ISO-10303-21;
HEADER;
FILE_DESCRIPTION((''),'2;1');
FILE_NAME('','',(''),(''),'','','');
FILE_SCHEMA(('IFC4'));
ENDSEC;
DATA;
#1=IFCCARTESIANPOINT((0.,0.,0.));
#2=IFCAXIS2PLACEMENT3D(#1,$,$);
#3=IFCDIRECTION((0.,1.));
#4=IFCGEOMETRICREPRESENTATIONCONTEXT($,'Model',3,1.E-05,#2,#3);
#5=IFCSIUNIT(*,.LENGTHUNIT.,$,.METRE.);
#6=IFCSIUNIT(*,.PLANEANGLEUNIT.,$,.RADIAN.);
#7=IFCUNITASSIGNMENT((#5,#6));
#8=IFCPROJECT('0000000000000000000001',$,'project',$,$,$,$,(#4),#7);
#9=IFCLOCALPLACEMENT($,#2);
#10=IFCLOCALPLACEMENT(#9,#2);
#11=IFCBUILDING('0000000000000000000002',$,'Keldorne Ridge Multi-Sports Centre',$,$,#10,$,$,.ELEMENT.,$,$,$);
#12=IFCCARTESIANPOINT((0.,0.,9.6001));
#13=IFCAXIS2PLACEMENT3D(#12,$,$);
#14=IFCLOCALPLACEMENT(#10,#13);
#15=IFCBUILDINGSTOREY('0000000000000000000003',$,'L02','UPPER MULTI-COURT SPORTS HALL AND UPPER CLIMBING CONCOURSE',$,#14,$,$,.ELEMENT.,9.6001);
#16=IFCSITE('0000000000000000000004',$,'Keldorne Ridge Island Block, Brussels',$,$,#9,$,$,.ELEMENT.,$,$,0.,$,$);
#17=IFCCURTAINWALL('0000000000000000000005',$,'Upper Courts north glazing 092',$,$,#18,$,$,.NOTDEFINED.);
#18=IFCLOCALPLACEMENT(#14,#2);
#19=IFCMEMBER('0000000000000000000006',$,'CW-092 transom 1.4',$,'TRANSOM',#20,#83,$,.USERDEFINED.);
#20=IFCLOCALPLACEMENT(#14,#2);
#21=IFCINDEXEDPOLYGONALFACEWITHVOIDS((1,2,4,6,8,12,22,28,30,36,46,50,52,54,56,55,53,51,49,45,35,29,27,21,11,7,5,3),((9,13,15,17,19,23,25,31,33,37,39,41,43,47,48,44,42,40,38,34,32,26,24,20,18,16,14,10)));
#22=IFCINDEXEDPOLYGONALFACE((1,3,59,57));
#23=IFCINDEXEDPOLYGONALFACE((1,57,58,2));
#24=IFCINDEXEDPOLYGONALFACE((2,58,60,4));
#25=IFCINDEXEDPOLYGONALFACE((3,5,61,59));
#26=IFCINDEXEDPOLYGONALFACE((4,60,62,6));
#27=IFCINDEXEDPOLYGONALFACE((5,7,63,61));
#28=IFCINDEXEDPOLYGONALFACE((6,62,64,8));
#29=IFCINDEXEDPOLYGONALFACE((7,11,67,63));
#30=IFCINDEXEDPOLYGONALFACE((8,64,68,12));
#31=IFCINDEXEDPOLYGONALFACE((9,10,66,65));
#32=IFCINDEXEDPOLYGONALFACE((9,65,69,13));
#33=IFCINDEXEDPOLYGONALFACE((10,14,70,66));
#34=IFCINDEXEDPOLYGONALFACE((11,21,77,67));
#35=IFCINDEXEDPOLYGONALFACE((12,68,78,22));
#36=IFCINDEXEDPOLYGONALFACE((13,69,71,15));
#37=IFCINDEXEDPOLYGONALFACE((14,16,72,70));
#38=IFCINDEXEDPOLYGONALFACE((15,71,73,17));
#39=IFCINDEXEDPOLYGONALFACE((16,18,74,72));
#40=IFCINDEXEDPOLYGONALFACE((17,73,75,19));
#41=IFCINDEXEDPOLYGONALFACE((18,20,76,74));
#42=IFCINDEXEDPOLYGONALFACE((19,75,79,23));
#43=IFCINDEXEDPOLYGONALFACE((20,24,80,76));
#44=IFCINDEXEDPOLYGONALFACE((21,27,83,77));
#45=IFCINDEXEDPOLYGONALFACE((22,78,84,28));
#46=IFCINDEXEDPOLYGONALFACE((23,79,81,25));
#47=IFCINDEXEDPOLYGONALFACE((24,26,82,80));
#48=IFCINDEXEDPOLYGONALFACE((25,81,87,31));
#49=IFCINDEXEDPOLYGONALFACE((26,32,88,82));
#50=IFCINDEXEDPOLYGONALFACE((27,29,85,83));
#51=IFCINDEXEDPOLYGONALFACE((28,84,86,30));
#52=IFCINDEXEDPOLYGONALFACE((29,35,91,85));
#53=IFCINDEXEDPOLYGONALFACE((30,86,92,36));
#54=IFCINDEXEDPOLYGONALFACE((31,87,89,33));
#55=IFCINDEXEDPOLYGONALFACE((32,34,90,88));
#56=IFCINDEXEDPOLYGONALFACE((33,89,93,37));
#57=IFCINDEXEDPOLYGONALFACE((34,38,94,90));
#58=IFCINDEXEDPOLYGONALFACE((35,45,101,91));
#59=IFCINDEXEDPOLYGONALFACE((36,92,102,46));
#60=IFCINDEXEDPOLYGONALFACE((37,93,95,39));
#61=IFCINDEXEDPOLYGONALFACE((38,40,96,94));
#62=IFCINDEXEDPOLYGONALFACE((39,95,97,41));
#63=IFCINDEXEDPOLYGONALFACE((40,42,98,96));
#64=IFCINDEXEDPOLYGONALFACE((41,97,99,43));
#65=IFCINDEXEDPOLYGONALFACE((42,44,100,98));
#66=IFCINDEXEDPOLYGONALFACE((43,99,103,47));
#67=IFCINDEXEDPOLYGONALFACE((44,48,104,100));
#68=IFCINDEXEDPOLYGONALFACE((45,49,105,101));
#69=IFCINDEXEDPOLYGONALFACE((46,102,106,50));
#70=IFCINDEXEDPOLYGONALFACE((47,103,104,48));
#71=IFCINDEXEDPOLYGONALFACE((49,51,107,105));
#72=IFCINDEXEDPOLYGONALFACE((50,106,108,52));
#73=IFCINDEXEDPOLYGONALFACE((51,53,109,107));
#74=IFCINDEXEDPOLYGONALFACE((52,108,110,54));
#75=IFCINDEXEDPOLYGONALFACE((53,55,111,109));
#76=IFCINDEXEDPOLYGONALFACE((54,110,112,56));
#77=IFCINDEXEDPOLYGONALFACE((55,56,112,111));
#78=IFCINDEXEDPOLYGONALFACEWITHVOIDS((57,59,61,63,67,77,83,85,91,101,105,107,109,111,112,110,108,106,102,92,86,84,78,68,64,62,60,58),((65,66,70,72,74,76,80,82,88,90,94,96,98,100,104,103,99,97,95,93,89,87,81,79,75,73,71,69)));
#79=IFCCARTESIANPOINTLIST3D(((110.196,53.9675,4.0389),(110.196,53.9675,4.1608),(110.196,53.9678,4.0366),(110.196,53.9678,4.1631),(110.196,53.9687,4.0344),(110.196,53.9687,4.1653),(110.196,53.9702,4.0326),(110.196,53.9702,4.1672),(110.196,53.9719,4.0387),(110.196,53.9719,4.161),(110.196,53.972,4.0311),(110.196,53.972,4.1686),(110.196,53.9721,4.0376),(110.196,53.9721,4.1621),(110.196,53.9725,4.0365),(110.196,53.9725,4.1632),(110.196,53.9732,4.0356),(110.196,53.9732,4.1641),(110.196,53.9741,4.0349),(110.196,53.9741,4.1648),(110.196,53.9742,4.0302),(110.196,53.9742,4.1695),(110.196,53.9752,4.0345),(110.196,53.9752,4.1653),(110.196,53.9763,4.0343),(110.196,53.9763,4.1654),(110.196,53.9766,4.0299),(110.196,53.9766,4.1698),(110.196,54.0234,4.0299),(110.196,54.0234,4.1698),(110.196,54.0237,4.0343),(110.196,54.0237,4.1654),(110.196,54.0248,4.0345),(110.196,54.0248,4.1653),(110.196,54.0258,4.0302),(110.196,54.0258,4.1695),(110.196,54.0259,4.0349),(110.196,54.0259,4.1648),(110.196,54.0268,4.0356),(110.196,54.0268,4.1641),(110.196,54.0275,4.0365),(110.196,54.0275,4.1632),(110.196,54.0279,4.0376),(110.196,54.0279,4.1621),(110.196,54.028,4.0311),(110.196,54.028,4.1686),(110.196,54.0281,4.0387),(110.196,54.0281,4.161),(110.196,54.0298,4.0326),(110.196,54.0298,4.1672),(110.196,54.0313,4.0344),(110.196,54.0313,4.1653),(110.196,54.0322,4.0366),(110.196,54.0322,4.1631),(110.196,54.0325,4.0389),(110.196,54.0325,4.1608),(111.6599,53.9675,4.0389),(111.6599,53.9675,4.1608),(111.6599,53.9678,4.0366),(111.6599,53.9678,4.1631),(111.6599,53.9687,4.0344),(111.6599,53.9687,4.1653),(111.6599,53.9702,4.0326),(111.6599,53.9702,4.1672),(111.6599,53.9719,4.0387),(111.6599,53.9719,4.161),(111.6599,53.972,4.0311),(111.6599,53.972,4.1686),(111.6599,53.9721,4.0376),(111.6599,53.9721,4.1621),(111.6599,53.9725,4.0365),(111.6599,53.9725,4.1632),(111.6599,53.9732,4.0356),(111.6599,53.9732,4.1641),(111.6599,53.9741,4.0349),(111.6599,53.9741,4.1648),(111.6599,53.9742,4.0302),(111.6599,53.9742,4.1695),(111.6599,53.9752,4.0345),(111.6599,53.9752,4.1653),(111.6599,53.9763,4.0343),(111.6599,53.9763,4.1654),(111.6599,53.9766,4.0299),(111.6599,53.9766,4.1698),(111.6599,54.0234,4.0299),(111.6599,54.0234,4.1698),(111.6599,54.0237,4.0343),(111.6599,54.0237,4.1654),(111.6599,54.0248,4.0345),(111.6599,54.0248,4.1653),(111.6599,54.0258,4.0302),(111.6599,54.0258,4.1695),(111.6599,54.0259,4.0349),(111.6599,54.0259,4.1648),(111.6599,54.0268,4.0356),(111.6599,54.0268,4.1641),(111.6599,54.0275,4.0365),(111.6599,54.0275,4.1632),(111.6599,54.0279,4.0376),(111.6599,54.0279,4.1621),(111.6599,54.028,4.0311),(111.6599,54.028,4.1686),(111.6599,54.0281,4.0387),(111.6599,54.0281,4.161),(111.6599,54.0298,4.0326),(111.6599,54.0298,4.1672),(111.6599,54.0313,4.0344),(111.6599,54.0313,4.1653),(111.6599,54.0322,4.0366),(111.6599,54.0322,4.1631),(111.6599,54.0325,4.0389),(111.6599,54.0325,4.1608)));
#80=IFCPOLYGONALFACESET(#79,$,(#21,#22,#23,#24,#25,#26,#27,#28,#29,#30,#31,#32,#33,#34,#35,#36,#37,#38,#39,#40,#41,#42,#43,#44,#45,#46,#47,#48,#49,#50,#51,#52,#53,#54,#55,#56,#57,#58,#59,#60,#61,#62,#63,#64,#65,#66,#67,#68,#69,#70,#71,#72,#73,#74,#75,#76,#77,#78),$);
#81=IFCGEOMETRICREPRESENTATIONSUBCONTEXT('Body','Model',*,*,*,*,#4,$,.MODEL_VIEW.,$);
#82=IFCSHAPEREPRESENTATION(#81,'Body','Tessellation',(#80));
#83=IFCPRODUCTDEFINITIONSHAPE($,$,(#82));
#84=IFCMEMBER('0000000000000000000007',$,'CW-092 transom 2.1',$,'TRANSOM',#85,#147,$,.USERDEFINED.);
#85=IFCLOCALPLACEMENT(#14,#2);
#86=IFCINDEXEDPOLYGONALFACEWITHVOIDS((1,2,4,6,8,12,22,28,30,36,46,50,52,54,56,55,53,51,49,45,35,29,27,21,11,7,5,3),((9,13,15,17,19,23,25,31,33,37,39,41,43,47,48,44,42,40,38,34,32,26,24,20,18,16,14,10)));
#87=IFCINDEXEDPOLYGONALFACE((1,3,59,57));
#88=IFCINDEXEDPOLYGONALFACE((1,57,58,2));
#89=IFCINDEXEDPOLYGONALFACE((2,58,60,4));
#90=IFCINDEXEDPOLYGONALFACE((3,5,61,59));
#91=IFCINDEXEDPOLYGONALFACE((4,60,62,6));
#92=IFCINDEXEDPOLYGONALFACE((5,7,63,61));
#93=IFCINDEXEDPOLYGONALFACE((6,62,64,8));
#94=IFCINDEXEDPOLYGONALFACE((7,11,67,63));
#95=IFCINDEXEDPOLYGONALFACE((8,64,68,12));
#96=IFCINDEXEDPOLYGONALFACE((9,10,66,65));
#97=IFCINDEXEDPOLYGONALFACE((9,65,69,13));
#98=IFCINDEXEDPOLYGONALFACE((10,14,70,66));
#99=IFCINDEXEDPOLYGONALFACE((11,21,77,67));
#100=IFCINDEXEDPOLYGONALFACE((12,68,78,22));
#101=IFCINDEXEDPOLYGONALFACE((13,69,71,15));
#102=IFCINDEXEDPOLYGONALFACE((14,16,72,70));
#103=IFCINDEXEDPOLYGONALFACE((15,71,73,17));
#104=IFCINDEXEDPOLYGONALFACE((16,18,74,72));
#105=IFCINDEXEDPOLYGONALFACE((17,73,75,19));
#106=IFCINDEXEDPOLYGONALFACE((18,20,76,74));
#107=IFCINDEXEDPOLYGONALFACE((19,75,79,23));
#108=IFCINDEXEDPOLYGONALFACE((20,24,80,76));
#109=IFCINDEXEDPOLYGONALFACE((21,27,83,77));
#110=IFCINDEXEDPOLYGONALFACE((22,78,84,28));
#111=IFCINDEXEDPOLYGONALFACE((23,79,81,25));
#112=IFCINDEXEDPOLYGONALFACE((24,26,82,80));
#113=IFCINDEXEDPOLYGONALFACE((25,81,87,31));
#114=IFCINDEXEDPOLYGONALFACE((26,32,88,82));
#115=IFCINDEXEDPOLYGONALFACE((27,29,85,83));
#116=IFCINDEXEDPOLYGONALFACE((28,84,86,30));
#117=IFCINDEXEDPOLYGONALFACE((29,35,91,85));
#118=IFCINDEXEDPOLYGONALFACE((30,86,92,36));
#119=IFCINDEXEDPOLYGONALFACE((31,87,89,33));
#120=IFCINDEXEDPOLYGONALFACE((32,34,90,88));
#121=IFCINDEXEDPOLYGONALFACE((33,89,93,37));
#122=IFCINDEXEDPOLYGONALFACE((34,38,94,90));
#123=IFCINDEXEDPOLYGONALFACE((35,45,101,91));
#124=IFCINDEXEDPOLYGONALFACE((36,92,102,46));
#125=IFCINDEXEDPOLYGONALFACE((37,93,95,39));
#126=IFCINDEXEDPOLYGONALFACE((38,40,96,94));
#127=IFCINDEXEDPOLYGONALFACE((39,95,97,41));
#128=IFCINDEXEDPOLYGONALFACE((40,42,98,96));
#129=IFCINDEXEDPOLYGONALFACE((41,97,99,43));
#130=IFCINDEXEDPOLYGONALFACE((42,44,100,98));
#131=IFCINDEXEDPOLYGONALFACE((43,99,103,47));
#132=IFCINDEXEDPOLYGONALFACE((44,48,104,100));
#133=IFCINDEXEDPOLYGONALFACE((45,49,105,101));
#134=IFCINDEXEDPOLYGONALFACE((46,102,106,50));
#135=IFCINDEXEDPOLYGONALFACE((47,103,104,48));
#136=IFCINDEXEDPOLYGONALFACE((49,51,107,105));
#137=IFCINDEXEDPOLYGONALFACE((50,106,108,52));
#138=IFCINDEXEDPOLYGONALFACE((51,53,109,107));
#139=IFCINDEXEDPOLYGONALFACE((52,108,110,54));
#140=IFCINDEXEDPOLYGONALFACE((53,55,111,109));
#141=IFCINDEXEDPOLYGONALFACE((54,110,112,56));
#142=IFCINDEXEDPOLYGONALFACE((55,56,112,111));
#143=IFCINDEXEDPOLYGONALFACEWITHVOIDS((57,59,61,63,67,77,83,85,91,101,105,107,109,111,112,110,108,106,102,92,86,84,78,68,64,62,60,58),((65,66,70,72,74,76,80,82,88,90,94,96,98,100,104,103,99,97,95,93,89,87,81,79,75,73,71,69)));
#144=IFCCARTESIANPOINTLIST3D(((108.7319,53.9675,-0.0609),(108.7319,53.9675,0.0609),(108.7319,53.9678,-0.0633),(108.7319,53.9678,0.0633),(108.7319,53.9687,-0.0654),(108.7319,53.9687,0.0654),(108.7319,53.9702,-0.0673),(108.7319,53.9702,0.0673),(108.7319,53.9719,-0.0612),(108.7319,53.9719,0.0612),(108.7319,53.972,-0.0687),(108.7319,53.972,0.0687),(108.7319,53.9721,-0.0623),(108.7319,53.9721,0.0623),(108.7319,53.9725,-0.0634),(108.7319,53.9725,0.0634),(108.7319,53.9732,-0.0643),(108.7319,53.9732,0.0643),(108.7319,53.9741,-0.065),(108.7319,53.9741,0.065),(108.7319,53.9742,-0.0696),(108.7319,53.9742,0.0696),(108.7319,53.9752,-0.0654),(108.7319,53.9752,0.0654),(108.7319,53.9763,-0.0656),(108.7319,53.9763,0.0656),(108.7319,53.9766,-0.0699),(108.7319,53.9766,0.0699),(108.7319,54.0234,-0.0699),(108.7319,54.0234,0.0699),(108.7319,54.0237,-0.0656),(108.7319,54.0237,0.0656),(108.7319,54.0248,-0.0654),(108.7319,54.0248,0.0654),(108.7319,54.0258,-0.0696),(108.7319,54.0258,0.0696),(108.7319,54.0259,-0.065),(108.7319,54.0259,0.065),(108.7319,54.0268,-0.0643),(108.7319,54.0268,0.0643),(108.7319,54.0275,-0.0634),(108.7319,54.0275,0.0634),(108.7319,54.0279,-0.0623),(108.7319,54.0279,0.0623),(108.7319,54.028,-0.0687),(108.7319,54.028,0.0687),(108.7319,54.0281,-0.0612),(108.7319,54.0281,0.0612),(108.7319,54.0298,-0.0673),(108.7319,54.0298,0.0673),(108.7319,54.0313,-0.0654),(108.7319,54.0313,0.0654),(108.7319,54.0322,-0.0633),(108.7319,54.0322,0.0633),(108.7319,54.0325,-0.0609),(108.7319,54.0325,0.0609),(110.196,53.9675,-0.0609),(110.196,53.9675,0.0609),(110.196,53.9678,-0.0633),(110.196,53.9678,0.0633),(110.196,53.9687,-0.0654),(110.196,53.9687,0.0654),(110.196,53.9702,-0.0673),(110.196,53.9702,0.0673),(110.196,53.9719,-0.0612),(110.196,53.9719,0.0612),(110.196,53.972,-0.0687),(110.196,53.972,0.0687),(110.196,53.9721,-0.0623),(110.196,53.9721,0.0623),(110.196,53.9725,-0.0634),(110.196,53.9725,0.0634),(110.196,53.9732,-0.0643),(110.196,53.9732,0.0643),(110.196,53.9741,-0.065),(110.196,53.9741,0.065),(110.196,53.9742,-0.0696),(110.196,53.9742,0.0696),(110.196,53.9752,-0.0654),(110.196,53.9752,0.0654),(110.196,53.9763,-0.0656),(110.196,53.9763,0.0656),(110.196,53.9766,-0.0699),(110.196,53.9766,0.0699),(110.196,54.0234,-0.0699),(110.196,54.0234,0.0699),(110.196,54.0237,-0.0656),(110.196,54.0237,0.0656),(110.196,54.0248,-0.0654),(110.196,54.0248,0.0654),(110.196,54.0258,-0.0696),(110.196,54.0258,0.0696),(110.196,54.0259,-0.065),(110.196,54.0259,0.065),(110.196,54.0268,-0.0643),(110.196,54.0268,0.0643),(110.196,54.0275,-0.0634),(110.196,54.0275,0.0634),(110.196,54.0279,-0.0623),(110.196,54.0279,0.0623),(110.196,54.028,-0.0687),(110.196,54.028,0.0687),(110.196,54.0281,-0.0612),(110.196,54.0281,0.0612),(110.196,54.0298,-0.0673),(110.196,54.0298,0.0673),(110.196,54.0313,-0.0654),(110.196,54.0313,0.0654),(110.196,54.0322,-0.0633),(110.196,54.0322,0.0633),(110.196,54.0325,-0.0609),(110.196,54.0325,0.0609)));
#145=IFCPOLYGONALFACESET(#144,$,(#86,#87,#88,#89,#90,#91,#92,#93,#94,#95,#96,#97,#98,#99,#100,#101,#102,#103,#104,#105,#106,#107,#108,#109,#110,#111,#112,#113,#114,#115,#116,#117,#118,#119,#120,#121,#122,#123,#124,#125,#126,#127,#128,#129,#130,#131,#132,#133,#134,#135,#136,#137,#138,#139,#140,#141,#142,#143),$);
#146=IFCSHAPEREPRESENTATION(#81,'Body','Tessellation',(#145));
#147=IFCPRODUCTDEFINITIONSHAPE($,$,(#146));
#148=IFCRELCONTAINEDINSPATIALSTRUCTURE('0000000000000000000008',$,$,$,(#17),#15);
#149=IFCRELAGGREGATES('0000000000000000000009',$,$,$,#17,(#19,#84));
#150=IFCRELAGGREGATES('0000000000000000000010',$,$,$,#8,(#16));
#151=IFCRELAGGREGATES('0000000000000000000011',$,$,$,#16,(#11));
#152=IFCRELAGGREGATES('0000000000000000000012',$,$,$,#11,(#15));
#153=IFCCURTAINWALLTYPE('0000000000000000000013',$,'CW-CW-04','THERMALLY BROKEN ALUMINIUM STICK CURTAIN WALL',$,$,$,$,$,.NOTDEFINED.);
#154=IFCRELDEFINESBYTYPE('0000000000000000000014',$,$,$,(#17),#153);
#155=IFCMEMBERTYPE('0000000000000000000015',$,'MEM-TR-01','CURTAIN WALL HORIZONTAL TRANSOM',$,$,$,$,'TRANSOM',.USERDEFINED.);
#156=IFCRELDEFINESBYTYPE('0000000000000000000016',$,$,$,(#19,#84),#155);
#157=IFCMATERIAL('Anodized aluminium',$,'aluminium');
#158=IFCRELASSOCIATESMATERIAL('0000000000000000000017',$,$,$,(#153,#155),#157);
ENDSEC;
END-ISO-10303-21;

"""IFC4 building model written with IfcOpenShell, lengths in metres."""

from ifc_helpers import new_model, si_unit, direction, frame, origin, origin_2d, place, context, subcontext, project, spatial, hollow_rectangle, extrude, material, material_profile, profile_set, type_object, element, aggregate, save


model = new_model("IFC4")

# Units and contexts
model_context = context("Model", 3, precision=1e-05, world=origin(), true_north=direction((0.0, 1.0)))
body_context = subcontext(model_context, "Body", "Model", "MODEL_VIEW")
ifc_project = project(units=[si_unit("LENGTHUNIT", "METRE"), si_unit("PLANEANGLEUNIT", "RADIAN")], contexts=[model_context])

# Site, building, storey
site_placement = place(None, origin())
site = spatial("IfcSite", under=ifc_project, at=site_placement, Name="Keldorne Ridge Island Block, Brussels", CompositionType="ELEMENT", RefElevation=0.0)
building_placement = place(site_placement, origin())
building = spatial("IfcBuilding", under=site, at=building_placement, Name="Keldorne Ridge Multi-Sports Centre", CompositionType="ELEMENT")
storey_placement = place(building_placement, frame((0.0, 0.0, 9.6001)))
storey = spatial("IfcBuildingStorey", under=building, at=storey_placement, Name="L02", Description="UPPER MULTI-COURT SPORTS HALL AND UPPER CLIMBING CONCOURSE", CompositionType="ELEMENT", Elevation=9.6001)

# Curtain wall
ifc_material_1 = material(Name="Anodized aluminium", Category="aluminium")
curtain_wall_type_1 = type_object("IfcCurtainWallType", Name="CW-CW-04", Description="THERMALLY BROKEN ALUMINIUM STICK CURTAIN WALL", PredefinedType="NOTDEFINED", material=ifc_material_1)
curtain_wall_1_placement = place(storey_placement, origin())
curtain_wall_1 = element("IfcCurtainWall", 1, at=curtain_wall_1_placement, inside=storey, type_object=curtain_wall_type_1, Name="Upper Courts north glazing 092", PredefinedType="NOTDEFINED")

# Members
ifc_material_profile_1 = material_profile(ifc_material_1, hollow_rectangle(XDim=0.0649, YDim=0.1399, WallThickness=0.0044, InnerFilletRadius=0.0044, OuterFilletRadius=0.009, at=origin_2d()), Name="ALU TRANSOM 140x65x4.5")
ifc_profile_set_1 = profile_set([ifc_material_profile_1], Name="Anodized aluminium")
member_type_1 = type_object("IfcMemberType", Name="MEM-TR-01", Description="CURTAIN WALL HORIZONTAL TRANSOM", ElementType="TRANSOM", PredefinedType="USERDEFINED", material=ifc_profile_set_1)
member_1_placement = place(storey_placement, frame((111.6599, 54.0, 4.0999), z_axis=(-1.0, 0.0, 0.0), x_axis=(0.0, -1.0, 0.0)))
member_1 = element("IfcMember", 2, at=member_1_placement, type_object=member_type_1, Name="CW-092 transom 1.4", ObjectType="TRANSOM", PredefinedType="USERDEFINED", context=body_context, shape_type="SweptSolid", body=[
    extrude(hollow_rectangle(XDim=0.0649, YDim=0.1399, WallThickness=0.0044, InnerFilletRadius=0.0044, OuterFilletRadius=0.009, at=origin_2d()), origin(), (0.0, 0.0, 1.0), 1.4639),
])
member_2_placement = place(storey_placement, frame((110.196, 54.0, 0.0), z_axis=(-1.0, 0.0, 0.0), x_axis=(0.0, -1.0, 0.0)))
member_2 = element("IfcMember", 3, at=member_2_placement, type_object=member_type_1, Name="CW-092 transom 2.1", ObjectType="TRANSOM", PredefinedType="USERDEFINED", context=body_context, shape_type="SweptSolid", body=[
    extrude(hollow_rectangle(XDim=0.0649, YDim=0.1399, WallThickness=0.0044, InnerFilletRadius=0.0044, OuterFilletRadius=0.009, at=origin_2d()), origin(), (0.0, 0.0, 1.0), 1.4641),
])

aggregate(curtain_wall_1, [member_1, member_2])

save(model, "model.ifc")
